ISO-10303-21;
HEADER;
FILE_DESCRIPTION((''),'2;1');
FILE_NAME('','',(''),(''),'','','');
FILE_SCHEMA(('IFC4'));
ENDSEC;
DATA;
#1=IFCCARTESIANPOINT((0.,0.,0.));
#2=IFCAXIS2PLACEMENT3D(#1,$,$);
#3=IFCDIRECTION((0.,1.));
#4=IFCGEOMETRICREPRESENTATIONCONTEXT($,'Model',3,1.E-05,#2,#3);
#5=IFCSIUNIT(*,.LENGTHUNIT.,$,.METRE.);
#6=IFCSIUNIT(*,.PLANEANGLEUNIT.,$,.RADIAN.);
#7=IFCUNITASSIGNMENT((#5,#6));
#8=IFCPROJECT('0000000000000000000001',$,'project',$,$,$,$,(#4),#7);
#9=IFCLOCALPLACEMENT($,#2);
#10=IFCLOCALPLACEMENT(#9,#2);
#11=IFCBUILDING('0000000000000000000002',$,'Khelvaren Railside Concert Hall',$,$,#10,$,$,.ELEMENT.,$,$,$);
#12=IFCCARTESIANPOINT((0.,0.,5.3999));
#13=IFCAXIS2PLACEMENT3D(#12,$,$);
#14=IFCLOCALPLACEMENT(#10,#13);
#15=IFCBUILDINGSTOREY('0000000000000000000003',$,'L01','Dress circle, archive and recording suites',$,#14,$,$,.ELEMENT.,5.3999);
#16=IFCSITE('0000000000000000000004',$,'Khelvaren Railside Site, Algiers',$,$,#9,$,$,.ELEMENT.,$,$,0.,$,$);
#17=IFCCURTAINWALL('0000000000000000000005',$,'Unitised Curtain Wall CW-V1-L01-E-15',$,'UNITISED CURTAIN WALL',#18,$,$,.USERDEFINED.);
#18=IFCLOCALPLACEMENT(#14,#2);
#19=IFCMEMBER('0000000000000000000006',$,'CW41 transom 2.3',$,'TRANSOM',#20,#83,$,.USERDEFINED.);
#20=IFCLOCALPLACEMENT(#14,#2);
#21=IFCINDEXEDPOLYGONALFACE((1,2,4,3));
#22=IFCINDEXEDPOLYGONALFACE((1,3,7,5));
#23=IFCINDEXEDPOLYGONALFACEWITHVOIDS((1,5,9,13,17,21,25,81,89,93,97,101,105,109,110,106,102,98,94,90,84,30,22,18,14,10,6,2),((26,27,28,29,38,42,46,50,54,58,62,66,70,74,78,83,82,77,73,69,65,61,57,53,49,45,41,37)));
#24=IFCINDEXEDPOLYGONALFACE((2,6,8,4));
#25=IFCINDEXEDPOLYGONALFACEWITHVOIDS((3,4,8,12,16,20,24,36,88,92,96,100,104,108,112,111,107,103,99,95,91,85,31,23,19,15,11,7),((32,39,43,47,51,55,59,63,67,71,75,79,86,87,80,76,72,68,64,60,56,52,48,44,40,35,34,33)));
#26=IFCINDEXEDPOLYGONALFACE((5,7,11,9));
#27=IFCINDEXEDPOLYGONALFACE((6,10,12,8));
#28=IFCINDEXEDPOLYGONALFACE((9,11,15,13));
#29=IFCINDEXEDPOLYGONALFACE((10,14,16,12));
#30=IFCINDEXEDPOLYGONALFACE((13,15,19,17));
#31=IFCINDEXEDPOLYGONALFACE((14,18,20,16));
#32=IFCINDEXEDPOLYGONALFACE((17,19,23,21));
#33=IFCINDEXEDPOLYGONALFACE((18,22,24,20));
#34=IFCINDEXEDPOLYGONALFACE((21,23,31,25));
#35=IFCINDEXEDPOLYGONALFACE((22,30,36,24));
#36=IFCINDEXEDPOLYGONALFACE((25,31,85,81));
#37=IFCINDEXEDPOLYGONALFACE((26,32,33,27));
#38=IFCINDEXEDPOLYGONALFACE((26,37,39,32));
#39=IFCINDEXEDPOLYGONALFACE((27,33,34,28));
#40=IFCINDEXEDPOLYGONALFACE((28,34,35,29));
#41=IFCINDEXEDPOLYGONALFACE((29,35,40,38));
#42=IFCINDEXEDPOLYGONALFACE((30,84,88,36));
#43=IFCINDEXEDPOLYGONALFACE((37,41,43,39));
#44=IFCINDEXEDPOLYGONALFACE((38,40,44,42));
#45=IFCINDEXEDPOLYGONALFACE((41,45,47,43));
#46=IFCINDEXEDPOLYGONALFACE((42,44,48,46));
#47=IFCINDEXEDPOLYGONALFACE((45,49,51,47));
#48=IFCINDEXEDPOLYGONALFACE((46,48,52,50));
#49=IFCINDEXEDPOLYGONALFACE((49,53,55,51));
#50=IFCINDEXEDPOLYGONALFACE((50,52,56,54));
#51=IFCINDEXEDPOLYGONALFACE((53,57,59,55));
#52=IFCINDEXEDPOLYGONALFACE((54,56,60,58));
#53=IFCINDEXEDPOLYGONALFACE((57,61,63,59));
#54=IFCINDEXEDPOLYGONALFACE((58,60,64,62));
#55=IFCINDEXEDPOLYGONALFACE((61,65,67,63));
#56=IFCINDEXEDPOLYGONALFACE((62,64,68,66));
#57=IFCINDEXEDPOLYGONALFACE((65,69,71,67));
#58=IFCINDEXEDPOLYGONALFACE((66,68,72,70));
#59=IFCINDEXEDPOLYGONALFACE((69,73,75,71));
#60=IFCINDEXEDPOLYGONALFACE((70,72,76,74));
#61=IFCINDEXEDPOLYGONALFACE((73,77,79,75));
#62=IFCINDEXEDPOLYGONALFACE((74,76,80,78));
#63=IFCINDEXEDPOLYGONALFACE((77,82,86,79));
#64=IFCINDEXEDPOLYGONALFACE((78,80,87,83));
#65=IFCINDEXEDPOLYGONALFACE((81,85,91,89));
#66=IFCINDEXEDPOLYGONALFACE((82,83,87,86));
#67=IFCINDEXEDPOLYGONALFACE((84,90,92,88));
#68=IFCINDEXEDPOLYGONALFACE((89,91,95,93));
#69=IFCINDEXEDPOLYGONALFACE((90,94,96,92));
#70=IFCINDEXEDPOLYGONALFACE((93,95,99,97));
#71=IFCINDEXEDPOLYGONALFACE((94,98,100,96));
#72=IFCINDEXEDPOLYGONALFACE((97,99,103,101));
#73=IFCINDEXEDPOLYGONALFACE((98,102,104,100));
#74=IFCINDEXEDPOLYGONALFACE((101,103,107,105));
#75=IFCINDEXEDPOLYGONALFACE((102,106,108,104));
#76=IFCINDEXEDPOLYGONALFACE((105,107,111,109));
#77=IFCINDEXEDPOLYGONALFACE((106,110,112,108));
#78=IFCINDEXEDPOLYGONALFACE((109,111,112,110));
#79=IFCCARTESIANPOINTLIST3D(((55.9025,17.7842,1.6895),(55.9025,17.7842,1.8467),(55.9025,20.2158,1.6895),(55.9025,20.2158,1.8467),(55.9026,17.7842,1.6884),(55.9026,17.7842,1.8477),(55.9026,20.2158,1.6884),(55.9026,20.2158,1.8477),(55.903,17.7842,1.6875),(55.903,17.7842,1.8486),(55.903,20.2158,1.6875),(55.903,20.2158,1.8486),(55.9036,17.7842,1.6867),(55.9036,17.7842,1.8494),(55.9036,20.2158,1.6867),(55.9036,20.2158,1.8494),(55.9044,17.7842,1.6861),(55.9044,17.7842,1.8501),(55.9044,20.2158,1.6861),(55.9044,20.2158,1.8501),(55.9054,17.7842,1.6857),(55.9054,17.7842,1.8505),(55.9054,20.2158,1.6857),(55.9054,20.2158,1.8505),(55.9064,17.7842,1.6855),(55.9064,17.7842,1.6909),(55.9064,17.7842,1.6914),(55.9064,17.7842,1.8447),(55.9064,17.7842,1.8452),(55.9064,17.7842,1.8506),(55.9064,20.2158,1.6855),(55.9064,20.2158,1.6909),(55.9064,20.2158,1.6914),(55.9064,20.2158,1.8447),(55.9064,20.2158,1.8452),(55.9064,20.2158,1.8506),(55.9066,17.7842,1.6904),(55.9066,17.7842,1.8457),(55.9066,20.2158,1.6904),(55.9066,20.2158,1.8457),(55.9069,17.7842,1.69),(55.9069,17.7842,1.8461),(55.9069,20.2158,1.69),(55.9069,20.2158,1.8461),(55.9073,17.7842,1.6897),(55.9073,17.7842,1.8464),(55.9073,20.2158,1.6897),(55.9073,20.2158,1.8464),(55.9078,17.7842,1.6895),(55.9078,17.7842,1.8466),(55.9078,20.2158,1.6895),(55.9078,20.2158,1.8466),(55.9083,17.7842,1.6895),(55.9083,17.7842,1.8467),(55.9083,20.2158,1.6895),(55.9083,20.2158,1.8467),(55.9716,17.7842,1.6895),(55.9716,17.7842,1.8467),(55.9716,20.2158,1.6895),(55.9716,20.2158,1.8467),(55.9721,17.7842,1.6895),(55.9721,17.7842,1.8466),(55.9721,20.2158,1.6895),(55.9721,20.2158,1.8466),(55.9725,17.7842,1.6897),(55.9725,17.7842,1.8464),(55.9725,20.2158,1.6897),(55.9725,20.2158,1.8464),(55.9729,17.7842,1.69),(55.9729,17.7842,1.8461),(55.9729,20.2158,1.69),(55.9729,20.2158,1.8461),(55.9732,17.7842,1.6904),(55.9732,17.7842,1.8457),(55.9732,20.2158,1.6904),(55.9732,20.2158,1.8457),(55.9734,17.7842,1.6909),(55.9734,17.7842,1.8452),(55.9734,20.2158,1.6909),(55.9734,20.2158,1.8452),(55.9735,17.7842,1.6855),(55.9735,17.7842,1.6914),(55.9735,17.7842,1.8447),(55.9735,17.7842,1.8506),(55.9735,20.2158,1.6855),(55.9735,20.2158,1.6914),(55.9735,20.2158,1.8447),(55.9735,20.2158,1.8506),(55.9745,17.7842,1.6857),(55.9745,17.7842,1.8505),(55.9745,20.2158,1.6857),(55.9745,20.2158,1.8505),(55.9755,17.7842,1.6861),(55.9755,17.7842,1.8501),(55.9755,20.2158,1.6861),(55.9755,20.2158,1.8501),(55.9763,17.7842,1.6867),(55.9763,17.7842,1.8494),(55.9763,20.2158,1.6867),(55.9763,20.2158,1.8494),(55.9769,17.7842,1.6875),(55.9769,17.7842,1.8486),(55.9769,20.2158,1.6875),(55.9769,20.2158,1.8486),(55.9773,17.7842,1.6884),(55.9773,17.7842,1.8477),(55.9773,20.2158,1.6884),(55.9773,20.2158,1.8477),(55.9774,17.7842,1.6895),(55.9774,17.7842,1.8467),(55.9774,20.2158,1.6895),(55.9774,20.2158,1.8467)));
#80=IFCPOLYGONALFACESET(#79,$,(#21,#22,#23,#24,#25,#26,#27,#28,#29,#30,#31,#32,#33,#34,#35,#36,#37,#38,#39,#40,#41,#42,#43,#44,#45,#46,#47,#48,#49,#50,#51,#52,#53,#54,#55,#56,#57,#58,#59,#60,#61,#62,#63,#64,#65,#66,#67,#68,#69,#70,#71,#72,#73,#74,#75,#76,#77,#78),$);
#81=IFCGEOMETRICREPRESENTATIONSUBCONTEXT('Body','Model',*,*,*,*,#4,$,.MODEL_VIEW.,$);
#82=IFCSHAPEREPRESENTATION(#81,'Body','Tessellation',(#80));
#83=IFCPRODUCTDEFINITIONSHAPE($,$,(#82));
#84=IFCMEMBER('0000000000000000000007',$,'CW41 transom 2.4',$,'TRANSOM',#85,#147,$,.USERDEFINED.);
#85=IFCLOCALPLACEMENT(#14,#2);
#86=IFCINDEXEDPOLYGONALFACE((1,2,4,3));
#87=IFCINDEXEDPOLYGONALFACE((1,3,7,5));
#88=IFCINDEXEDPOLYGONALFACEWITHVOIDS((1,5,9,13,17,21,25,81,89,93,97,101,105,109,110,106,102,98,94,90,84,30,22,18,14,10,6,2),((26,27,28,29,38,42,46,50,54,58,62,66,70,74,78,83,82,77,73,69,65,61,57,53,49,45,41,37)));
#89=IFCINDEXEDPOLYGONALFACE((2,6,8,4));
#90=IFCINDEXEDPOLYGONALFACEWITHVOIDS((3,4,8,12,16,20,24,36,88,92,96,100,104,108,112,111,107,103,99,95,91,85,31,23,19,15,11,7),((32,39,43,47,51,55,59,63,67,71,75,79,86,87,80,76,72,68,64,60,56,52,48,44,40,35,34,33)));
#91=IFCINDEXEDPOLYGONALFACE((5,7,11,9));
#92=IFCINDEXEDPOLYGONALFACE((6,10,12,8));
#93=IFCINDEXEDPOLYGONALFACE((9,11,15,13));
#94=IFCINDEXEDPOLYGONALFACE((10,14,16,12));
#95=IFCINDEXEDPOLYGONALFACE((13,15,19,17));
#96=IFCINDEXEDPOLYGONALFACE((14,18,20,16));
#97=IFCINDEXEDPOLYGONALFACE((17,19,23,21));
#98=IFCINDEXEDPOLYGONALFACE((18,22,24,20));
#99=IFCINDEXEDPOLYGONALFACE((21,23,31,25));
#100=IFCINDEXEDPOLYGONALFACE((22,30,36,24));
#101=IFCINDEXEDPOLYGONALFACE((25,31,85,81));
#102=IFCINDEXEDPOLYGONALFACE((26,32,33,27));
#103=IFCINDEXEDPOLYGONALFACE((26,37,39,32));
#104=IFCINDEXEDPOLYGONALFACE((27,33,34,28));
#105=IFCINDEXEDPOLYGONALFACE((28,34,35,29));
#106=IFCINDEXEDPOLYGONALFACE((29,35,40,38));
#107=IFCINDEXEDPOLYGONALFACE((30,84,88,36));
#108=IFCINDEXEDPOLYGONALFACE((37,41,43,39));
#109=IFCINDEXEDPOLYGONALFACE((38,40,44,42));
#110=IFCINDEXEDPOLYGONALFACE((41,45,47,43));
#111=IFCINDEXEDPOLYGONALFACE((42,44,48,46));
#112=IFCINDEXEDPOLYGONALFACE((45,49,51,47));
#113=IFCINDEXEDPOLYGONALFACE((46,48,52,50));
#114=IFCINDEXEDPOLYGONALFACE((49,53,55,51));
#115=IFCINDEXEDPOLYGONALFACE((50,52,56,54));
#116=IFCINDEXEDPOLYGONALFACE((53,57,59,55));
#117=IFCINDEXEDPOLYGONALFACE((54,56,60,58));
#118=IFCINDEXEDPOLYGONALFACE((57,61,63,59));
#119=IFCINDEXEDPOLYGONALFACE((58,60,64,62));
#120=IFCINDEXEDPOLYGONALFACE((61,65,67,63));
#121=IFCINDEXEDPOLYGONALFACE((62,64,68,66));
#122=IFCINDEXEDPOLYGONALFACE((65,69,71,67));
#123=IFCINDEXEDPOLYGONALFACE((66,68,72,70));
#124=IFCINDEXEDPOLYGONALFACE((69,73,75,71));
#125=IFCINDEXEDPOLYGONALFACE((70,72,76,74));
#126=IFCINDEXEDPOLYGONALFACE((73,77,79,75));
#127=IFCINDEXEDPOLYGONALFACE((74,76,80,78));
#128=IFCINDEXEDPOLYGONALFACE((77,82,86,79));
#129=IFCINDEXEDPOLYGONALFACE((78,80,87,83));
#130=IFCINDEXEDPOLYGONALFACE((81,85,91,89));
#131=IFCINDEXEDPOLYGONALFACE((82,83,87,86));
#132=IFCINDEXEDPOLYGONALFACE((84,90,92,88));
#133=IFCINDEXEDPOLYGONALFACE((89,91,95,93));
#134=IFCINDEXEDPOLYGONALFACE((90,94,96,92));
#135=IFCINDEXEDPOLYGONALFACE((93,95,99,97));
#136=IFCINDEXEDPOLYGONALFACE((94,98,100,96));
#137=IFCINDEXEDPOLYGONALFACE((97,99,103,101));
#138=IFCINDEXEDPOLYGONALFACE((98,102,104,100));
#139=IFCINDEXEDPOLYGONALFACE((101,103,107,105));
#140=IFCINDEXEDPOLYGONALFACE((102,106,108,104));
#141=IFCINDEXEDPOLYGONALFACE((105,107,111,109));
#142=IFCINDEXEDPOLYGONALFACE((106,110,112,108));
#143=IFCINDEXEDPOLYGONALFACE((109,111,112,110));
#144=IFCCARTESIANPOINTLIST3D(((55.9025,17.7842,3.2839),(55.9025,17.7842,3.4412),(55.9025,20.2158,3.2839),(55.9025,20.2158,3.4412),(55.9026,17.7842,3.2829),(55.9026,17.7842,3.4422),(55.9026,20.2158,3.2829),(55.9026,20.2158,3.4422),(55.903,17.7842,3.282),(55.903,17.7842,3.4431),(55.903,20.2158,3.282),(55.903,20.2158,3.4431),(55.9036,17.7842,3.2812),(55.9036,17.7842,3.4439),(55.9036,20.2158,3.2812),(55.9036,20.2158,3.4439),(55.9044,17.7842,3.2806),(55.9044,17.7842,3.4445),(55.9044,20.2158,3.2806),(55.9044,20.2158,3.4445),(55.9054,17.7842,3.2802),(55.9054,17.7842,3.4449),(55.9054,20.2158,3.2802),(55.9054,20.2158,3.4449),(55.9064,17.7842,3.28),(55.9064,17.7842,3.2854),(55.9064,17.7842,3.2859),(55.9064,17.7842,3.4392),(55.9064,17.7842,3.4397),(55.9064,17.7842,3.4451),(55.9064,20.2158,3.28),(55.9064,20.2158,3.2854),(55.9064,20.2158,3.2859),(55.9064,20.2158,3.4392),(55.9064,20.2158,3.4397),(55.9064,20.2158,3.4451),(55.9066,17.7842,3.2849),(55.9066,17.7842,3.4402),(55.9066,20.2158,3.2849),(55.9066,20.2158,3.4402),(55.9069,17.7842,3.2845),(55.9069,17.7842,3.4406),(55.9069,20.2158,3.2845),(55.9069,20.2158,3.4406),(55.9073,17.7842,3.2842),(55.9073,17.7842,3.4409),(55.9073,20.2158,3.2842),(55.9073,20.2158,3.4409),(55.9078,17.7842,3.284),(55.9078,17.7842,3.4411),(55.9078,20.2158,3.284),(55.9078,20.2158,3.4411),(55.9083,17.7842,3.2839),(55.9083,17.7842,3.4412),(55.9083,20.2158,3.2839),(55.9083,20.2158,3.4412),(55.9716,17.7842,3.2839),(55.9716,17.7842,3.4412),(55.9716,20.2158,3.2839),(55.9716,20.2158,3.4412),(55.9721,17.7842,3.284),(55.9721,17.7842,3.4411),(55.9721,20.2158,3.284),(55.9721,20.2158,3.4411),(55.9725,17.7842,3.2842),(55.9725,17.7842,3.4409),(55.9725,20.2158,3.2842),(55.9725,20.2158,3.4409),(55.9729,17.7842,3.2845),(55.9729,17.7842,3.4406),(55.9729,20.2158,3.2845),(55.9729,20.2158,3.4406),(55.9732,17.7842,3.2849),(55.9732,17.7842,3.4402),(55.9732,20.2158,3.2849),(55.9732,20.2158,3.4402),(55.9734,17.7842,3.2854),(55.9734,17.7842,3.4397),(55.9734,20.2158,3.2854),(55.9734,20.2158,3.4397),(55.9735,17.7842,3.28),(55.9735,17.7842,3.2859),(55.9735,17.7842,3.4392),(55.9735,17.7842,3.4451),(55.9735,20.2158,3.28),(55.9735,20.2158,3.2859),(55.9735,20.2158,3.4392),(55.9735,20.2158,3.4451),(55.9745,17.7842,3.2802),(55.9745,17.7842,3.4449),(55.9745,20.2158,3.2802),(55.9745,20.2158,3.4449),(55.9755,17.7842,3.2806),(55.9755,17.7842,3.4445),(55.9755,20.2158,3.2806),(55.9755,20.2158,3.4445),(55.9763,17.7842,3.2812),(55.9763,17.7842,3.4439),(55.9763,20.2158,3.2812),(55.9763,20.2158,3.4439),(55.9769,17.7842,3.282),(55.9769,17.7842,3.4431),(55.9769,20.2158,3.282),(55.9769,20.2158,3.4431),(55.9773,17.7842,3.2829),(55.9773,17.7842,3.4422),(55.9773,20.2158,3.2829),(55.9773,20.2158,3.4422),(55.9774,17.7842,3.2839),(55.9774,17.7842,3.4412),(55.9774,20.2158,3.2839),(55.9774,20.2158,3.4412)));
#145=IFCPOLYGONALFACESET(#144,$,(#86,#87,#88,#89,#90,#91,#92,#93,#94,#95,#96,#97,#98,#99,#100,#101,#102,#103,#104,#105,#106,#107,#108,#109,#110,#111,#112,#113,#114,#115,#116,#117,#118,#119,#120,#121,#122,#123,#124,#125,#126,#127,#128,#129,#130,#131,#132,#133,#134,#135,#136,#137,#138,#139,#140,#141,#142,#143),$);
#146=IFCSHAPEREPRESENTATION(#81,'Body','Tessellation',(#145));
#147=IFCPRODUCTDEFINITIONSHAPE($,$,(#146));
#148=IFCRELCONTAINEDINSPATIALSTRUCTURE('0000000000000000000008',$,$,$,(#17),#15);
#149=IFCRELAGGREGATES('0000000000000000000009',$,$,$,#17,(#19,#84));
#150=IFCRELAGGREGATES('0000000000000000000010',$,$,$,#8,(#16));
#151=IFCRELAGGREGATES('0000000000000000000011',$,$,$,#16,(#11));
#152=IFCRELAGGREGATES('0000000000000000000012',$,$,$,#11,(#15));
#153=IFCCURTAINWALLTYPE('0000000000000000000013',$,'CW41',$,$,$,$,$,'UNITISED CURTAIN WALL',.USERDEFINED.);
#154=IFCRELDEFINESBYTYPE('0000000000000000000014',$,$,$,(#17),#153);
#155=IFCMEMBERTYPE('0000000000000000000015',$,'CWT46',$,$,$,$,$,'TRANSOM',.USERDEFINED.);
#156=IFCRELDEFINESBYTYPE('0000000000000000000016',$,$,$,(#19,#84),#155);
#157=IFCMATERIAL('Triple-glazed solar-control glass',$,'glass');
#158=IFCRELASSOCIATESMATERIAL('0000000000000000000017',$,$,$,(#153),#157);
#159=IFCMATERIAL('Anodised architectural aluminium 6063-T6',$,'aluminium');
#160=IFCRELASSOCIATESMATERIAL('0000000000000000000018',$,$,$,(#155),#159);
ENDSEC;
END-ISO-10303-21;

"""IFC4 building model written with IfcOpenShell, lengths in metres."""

from ifc_helpers import new_model, si_unit, direction, frame, origin, origin_2d, place, context, subcontext, project, spatial, hollow_rectangle, extrude, material, material_profile, profile_set, type_object, element, aggregate, save


model = new_model("IFC4")

# Units and contexts
model_context = context("Model", 3, precision=1e-05, world=origin(), true_north=direction((0.0, 1.0)))
body_context = subcontext(model_context, "Body", "Model", "MODEL_VIEW")
ifc_project = project(units=[si_unit("LENGTHUNIT", "METRE"), si_unit("PLANEANGLEUNIT", "RADIAN")], contexts=[model_context])

# Site, building, storey
site_placement = place(None, origin())
site = spatial("IfcSite", under=ifc_project, at=site_placement, Name="Khelvaren Railside Site, Algiers", CompositionType="ELEMENT", RefElevation=0.0)
building_placement = place(site_placement, origin())
building = spatial("IfcBuilding", under=site, at=building_placement, Name="Khelvaren Railside Concert Hall", CompositionType="ELEMENT")
storey_placement = place(building_placement, frame((0.0, 0.0, 5.3999)))
storey = spatial("IfcBuildingStorey", under=building, at=storey_placement, Name="L01", Description="Dress circle, archive and recording suites", CompositionType="ELEMENT", Elevation=5.3999)

# Curtain wall, members
ifc_material_1 = material(Name="Triple-glazed solar-control glass", Category="glass")
curtain_wall_type = type_object("IfcCurtainWallType", Name="CW41", ElementType="UNITISED CURTAIN WALL", PredefinedType="USERDEFINED", material=ifc_material_1)
curtain_wall_placement = place(storey_placement, origin())
curtain_wall = element("IfcCurtainWall", 1, at=curtain_wall_placement, inside=storey, type_object=curtain_wall_type, Name="Unitised Curtain Wall CW-V1-L01-E-15", ObjectType="UNITISED CURTAIN WALL", PredefinedType="USERDEFINED")
ifc_material_2 = material(Name="Anodised architectural aluminium 6063-T6", Category="aluminium")
ifc_material_profile_1 = material_profile(ifc_material_2, hollow_rectangle(XDim=0.075, YDim=0.165, WallThickness=0.0039, InnerFilletRadius=0.002, OuterFilletRadius=0.0039, at=origin_2d()), Name="CWT 75x165x4")
ifc_profile_set_1 = profile_set([ifc_material_profile_1], Name="Anodised architectural aluminium 6063-T6")
member_type_1 = type_object("IfcMemberType", Name="CWT46", ElementType="TRANSOM", PredefinedType="USERDEFINED", material=ifc_profile_set_1)
member_1_placement = place(storey_placement, frame((55.9399, 20.2158, 1.7681), z_axis=(0.0, -1.0, 0.0), x_axis=(1.0, 0.0, 0.0)))
member_1 = element("IfcMember", 2, at=member_1_placement, type_object=member_type_1, Name="CW41 transom 2.3", ObjectType="TRANSOM", PredefinedType="USERDEFINED", context=body_context, shape_type="SweptSolid", body=[
    extrude(hollow_rectangle(XDim=0.075, YDim=0.165, WallThickness=0.0039, InnerFilletRadius=0.002, OuterFilletRadius=0.0039, at=origin_2d()), origin(), (0.0, 0.0, 1.0), 2.4316),
])
member_2_placement = place(storey_placement, frame((55.9399, 20.2158, 3.3625), z_axis=(0.0, -1.0, 0.0), x_axis=(1.0, 0.0, 0.0)))
member_2 = element("IfcMember", 3, at=member_2_placement, type_object=member_type_1, Name="CW41 transom 2.4", ObjectType="TRANSOM", PredefinedType="USERDEFINED", context=body_context, shape_type="SweptSolid", body=[
    extrude(hollow_rectangle(XDim=0.075, YDim=0.165, WallThickness=0.0039, InnerFilletRadius=0.002, OuterFilletRadius=0.0039, at=origin_2d()), origin(), (0.0, 0.0, 1.0), 2.4316),
])

aggregate(curtain_wall, [member_1, member_2])

save(model, "model.ifc")
